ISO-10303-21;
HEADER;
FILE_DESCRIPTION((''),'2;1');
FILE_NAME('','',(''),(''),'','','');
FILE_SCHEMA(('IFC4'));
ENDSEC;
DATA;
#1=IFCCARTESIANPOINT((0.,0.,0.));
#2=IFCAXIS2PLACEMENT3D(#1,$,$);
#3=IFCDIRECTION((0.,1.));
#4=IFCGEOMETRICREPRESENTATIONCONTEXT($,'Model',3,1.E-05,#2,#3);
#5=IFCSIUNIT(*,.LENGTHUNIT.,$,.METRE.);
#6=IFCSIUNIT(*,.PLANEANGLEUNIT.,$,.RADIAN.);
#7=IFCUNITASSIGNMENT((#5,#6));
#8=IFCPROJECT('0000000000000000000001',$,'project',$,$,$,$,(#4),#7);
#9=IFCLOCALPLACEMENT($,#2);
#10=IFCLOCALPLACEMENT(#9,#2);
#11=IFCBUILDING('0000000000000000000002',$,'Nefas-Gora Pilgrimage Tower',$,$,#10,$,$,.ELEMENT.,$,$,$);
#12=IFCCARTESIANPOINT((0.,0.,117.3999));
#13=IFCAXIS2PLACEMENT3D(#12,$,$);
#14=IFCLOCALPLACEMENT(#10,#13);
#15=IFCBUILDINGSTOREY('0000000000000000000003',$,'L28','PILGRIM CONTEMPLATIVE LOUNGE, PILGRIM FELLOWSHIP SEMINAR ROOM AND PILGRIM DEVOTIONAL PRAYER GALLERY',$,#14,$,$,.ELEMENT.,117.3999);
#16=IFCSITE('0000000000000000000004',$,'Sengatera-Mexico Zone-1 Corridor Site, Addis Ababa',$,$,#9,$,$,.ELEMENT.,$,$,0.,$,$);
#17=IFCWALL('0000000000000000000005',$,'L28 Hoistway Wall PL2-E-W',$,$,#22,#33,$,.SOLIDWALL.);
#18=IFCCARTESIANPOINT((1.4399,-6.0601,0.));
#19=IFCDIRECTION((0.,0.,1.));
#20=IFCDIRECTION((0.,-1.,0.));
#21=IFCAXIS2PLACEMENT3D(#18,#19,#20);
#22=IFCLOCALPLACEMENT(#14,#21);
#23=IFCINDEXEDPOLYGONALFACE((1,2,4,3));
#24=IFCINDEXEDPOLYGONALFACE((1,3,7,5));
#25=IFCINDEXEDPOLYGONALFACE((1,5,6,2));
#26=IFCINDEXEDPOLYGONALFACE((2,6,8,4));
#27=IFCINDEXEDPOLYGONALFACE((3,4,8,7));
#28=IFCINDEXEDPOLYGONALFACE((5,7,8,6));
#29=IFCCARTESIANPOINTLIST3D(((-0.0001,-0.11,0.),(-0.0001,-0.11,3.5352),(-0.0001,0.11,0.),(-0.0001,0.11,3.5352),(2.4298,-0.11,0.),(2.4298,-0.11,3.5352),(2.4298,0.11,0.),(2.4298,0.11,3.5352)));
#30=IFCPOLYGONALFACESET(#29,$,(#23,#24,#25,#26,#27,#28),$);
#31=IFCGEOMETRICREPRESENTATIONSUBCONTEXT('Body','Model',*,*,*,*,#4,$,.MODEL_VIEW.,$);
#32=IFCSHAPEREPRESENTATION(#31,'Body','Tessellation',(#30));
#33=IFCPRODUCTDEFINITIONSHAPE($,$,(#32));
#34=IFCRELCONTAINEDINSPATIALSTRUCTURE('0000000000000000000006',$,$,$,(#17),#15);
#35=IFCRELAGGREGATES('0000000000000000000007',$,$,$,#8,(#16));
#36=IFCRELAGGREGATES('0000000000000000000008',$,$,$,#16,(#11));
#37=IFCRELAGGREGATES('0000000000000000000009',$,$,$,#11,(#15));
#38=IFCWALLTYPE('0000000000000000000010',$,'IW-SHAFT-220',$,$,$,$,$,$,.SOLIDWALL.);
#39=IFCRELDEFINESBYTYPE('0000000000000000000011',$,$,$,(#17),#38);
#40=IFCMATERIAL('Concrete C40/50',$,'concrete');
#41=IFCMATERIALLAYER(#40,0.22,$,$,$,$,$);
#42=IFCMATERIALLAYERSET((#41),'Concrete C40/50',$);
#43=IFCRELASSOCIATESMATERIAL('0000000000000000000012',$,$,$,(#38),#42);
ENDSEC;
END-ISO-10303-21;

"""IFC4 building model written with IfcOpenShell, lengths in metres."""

from ifc_helpers import new_model, si_unit, direction, frame, frame_2d, origin, place, context, subcontext, project, spatial, rectangle, extrude, source, transform, mapped, material, layer, layer_set, type_object, element, save


model = new_model("IFC4")

# Units and contexts
model_context = context("Model", 3, precision=1e-05, world=origin(), true_north=direction((0.0, 1.0)))
body_context = subcontext(model_context, "Body", "Model", "MODEL_VIEW")
ifc_project = project(units=[si_unit("LENGTHUNIT", "METRE"), si_unit("PLANEANGLEUNIT", "RADIAN")], contexts=[model_context])

# Site, building, storey
site_placement = place(None, origin())
site = spatial("IfcSite", under=ifc_project, at=site_placement, Name="Sengatera-Mexico Zone-1 Corridor Site, Addis Ababa", CompositionType="ELEMENT", RefElevation=0.0)
building_placement = place(site_placement, origin())
building = spatial("IfcBuilding", under=site, at=building_placement, Name="Nefas-Gora Pilgrimage Tower", CompositionType="ELEMENT")
storey_placement = place(building_placement, frame((0.0, 0.0, 117.3999)))
storey = spatial("IfcBuildingStorey", under=building, at=storey_placement, Name="L28", Description="PILGRIM CONTEMPLATIVE LOUNGE, PILGRIM FELLOWSHIP SEMINAR ROOM AND PILGRIM DEVOTIONAL PRAYER GALLERY", CompositionType="ELEMENT", Elevation=117.3999)

# Shared definitions
ifc_material_1 = material(Name="Concrete C40/50", Category="concrete")
ifc_layer_1 = layer(ifc_material_1, 0.22)
ifc_layer_set_1 = layer_set([ifc_layer_1], Name="Concrete C40/50")
wall_type_1 = type_object("IfcWallType", Name="IW-SHAFT-220", PredefinedType="SOLIDWALL", material=ifc_layer_set_1)

# Wall
shared_shape_1 = source(origin(), body_context, "Body", "SweptSolid", [
    extrude(rectangle(XDim=2.4299, YDim=0.22, at=frame_2d((1.2148, 0.0))), origin(), (0.0, 0.0, 1.0), 3.5352),
])
for number, where, z_axis, x_axis, name in (
    (1, (1.4399, -6.0601, 0.0), (0.0, 0.0, 1.0), (0.0, -1.0, 0.0), "L28 Hoistway Wall PL2-E-W"),
):
    element("IfcWall", number, at=place(storey_placement, frame(where, z_axis=z_axis, x_axis=x_axis)), inside=storey, type_object=wall_type_1, Name=name, PredefinedType="SOLIDWALL", context=body_context, shape_type="MappedRepresentation", body=[
        mapped(shared_shape_1, transform((0.0, 0.0, 0.0), x_axis=(1.0, 0.0, 0.0), y_axis=(0.0, 1.0, 0.0), z_axis=(0.0, 0.0, 1.0), scale=1.0)),
    ])

save(model, "model.ifc")
